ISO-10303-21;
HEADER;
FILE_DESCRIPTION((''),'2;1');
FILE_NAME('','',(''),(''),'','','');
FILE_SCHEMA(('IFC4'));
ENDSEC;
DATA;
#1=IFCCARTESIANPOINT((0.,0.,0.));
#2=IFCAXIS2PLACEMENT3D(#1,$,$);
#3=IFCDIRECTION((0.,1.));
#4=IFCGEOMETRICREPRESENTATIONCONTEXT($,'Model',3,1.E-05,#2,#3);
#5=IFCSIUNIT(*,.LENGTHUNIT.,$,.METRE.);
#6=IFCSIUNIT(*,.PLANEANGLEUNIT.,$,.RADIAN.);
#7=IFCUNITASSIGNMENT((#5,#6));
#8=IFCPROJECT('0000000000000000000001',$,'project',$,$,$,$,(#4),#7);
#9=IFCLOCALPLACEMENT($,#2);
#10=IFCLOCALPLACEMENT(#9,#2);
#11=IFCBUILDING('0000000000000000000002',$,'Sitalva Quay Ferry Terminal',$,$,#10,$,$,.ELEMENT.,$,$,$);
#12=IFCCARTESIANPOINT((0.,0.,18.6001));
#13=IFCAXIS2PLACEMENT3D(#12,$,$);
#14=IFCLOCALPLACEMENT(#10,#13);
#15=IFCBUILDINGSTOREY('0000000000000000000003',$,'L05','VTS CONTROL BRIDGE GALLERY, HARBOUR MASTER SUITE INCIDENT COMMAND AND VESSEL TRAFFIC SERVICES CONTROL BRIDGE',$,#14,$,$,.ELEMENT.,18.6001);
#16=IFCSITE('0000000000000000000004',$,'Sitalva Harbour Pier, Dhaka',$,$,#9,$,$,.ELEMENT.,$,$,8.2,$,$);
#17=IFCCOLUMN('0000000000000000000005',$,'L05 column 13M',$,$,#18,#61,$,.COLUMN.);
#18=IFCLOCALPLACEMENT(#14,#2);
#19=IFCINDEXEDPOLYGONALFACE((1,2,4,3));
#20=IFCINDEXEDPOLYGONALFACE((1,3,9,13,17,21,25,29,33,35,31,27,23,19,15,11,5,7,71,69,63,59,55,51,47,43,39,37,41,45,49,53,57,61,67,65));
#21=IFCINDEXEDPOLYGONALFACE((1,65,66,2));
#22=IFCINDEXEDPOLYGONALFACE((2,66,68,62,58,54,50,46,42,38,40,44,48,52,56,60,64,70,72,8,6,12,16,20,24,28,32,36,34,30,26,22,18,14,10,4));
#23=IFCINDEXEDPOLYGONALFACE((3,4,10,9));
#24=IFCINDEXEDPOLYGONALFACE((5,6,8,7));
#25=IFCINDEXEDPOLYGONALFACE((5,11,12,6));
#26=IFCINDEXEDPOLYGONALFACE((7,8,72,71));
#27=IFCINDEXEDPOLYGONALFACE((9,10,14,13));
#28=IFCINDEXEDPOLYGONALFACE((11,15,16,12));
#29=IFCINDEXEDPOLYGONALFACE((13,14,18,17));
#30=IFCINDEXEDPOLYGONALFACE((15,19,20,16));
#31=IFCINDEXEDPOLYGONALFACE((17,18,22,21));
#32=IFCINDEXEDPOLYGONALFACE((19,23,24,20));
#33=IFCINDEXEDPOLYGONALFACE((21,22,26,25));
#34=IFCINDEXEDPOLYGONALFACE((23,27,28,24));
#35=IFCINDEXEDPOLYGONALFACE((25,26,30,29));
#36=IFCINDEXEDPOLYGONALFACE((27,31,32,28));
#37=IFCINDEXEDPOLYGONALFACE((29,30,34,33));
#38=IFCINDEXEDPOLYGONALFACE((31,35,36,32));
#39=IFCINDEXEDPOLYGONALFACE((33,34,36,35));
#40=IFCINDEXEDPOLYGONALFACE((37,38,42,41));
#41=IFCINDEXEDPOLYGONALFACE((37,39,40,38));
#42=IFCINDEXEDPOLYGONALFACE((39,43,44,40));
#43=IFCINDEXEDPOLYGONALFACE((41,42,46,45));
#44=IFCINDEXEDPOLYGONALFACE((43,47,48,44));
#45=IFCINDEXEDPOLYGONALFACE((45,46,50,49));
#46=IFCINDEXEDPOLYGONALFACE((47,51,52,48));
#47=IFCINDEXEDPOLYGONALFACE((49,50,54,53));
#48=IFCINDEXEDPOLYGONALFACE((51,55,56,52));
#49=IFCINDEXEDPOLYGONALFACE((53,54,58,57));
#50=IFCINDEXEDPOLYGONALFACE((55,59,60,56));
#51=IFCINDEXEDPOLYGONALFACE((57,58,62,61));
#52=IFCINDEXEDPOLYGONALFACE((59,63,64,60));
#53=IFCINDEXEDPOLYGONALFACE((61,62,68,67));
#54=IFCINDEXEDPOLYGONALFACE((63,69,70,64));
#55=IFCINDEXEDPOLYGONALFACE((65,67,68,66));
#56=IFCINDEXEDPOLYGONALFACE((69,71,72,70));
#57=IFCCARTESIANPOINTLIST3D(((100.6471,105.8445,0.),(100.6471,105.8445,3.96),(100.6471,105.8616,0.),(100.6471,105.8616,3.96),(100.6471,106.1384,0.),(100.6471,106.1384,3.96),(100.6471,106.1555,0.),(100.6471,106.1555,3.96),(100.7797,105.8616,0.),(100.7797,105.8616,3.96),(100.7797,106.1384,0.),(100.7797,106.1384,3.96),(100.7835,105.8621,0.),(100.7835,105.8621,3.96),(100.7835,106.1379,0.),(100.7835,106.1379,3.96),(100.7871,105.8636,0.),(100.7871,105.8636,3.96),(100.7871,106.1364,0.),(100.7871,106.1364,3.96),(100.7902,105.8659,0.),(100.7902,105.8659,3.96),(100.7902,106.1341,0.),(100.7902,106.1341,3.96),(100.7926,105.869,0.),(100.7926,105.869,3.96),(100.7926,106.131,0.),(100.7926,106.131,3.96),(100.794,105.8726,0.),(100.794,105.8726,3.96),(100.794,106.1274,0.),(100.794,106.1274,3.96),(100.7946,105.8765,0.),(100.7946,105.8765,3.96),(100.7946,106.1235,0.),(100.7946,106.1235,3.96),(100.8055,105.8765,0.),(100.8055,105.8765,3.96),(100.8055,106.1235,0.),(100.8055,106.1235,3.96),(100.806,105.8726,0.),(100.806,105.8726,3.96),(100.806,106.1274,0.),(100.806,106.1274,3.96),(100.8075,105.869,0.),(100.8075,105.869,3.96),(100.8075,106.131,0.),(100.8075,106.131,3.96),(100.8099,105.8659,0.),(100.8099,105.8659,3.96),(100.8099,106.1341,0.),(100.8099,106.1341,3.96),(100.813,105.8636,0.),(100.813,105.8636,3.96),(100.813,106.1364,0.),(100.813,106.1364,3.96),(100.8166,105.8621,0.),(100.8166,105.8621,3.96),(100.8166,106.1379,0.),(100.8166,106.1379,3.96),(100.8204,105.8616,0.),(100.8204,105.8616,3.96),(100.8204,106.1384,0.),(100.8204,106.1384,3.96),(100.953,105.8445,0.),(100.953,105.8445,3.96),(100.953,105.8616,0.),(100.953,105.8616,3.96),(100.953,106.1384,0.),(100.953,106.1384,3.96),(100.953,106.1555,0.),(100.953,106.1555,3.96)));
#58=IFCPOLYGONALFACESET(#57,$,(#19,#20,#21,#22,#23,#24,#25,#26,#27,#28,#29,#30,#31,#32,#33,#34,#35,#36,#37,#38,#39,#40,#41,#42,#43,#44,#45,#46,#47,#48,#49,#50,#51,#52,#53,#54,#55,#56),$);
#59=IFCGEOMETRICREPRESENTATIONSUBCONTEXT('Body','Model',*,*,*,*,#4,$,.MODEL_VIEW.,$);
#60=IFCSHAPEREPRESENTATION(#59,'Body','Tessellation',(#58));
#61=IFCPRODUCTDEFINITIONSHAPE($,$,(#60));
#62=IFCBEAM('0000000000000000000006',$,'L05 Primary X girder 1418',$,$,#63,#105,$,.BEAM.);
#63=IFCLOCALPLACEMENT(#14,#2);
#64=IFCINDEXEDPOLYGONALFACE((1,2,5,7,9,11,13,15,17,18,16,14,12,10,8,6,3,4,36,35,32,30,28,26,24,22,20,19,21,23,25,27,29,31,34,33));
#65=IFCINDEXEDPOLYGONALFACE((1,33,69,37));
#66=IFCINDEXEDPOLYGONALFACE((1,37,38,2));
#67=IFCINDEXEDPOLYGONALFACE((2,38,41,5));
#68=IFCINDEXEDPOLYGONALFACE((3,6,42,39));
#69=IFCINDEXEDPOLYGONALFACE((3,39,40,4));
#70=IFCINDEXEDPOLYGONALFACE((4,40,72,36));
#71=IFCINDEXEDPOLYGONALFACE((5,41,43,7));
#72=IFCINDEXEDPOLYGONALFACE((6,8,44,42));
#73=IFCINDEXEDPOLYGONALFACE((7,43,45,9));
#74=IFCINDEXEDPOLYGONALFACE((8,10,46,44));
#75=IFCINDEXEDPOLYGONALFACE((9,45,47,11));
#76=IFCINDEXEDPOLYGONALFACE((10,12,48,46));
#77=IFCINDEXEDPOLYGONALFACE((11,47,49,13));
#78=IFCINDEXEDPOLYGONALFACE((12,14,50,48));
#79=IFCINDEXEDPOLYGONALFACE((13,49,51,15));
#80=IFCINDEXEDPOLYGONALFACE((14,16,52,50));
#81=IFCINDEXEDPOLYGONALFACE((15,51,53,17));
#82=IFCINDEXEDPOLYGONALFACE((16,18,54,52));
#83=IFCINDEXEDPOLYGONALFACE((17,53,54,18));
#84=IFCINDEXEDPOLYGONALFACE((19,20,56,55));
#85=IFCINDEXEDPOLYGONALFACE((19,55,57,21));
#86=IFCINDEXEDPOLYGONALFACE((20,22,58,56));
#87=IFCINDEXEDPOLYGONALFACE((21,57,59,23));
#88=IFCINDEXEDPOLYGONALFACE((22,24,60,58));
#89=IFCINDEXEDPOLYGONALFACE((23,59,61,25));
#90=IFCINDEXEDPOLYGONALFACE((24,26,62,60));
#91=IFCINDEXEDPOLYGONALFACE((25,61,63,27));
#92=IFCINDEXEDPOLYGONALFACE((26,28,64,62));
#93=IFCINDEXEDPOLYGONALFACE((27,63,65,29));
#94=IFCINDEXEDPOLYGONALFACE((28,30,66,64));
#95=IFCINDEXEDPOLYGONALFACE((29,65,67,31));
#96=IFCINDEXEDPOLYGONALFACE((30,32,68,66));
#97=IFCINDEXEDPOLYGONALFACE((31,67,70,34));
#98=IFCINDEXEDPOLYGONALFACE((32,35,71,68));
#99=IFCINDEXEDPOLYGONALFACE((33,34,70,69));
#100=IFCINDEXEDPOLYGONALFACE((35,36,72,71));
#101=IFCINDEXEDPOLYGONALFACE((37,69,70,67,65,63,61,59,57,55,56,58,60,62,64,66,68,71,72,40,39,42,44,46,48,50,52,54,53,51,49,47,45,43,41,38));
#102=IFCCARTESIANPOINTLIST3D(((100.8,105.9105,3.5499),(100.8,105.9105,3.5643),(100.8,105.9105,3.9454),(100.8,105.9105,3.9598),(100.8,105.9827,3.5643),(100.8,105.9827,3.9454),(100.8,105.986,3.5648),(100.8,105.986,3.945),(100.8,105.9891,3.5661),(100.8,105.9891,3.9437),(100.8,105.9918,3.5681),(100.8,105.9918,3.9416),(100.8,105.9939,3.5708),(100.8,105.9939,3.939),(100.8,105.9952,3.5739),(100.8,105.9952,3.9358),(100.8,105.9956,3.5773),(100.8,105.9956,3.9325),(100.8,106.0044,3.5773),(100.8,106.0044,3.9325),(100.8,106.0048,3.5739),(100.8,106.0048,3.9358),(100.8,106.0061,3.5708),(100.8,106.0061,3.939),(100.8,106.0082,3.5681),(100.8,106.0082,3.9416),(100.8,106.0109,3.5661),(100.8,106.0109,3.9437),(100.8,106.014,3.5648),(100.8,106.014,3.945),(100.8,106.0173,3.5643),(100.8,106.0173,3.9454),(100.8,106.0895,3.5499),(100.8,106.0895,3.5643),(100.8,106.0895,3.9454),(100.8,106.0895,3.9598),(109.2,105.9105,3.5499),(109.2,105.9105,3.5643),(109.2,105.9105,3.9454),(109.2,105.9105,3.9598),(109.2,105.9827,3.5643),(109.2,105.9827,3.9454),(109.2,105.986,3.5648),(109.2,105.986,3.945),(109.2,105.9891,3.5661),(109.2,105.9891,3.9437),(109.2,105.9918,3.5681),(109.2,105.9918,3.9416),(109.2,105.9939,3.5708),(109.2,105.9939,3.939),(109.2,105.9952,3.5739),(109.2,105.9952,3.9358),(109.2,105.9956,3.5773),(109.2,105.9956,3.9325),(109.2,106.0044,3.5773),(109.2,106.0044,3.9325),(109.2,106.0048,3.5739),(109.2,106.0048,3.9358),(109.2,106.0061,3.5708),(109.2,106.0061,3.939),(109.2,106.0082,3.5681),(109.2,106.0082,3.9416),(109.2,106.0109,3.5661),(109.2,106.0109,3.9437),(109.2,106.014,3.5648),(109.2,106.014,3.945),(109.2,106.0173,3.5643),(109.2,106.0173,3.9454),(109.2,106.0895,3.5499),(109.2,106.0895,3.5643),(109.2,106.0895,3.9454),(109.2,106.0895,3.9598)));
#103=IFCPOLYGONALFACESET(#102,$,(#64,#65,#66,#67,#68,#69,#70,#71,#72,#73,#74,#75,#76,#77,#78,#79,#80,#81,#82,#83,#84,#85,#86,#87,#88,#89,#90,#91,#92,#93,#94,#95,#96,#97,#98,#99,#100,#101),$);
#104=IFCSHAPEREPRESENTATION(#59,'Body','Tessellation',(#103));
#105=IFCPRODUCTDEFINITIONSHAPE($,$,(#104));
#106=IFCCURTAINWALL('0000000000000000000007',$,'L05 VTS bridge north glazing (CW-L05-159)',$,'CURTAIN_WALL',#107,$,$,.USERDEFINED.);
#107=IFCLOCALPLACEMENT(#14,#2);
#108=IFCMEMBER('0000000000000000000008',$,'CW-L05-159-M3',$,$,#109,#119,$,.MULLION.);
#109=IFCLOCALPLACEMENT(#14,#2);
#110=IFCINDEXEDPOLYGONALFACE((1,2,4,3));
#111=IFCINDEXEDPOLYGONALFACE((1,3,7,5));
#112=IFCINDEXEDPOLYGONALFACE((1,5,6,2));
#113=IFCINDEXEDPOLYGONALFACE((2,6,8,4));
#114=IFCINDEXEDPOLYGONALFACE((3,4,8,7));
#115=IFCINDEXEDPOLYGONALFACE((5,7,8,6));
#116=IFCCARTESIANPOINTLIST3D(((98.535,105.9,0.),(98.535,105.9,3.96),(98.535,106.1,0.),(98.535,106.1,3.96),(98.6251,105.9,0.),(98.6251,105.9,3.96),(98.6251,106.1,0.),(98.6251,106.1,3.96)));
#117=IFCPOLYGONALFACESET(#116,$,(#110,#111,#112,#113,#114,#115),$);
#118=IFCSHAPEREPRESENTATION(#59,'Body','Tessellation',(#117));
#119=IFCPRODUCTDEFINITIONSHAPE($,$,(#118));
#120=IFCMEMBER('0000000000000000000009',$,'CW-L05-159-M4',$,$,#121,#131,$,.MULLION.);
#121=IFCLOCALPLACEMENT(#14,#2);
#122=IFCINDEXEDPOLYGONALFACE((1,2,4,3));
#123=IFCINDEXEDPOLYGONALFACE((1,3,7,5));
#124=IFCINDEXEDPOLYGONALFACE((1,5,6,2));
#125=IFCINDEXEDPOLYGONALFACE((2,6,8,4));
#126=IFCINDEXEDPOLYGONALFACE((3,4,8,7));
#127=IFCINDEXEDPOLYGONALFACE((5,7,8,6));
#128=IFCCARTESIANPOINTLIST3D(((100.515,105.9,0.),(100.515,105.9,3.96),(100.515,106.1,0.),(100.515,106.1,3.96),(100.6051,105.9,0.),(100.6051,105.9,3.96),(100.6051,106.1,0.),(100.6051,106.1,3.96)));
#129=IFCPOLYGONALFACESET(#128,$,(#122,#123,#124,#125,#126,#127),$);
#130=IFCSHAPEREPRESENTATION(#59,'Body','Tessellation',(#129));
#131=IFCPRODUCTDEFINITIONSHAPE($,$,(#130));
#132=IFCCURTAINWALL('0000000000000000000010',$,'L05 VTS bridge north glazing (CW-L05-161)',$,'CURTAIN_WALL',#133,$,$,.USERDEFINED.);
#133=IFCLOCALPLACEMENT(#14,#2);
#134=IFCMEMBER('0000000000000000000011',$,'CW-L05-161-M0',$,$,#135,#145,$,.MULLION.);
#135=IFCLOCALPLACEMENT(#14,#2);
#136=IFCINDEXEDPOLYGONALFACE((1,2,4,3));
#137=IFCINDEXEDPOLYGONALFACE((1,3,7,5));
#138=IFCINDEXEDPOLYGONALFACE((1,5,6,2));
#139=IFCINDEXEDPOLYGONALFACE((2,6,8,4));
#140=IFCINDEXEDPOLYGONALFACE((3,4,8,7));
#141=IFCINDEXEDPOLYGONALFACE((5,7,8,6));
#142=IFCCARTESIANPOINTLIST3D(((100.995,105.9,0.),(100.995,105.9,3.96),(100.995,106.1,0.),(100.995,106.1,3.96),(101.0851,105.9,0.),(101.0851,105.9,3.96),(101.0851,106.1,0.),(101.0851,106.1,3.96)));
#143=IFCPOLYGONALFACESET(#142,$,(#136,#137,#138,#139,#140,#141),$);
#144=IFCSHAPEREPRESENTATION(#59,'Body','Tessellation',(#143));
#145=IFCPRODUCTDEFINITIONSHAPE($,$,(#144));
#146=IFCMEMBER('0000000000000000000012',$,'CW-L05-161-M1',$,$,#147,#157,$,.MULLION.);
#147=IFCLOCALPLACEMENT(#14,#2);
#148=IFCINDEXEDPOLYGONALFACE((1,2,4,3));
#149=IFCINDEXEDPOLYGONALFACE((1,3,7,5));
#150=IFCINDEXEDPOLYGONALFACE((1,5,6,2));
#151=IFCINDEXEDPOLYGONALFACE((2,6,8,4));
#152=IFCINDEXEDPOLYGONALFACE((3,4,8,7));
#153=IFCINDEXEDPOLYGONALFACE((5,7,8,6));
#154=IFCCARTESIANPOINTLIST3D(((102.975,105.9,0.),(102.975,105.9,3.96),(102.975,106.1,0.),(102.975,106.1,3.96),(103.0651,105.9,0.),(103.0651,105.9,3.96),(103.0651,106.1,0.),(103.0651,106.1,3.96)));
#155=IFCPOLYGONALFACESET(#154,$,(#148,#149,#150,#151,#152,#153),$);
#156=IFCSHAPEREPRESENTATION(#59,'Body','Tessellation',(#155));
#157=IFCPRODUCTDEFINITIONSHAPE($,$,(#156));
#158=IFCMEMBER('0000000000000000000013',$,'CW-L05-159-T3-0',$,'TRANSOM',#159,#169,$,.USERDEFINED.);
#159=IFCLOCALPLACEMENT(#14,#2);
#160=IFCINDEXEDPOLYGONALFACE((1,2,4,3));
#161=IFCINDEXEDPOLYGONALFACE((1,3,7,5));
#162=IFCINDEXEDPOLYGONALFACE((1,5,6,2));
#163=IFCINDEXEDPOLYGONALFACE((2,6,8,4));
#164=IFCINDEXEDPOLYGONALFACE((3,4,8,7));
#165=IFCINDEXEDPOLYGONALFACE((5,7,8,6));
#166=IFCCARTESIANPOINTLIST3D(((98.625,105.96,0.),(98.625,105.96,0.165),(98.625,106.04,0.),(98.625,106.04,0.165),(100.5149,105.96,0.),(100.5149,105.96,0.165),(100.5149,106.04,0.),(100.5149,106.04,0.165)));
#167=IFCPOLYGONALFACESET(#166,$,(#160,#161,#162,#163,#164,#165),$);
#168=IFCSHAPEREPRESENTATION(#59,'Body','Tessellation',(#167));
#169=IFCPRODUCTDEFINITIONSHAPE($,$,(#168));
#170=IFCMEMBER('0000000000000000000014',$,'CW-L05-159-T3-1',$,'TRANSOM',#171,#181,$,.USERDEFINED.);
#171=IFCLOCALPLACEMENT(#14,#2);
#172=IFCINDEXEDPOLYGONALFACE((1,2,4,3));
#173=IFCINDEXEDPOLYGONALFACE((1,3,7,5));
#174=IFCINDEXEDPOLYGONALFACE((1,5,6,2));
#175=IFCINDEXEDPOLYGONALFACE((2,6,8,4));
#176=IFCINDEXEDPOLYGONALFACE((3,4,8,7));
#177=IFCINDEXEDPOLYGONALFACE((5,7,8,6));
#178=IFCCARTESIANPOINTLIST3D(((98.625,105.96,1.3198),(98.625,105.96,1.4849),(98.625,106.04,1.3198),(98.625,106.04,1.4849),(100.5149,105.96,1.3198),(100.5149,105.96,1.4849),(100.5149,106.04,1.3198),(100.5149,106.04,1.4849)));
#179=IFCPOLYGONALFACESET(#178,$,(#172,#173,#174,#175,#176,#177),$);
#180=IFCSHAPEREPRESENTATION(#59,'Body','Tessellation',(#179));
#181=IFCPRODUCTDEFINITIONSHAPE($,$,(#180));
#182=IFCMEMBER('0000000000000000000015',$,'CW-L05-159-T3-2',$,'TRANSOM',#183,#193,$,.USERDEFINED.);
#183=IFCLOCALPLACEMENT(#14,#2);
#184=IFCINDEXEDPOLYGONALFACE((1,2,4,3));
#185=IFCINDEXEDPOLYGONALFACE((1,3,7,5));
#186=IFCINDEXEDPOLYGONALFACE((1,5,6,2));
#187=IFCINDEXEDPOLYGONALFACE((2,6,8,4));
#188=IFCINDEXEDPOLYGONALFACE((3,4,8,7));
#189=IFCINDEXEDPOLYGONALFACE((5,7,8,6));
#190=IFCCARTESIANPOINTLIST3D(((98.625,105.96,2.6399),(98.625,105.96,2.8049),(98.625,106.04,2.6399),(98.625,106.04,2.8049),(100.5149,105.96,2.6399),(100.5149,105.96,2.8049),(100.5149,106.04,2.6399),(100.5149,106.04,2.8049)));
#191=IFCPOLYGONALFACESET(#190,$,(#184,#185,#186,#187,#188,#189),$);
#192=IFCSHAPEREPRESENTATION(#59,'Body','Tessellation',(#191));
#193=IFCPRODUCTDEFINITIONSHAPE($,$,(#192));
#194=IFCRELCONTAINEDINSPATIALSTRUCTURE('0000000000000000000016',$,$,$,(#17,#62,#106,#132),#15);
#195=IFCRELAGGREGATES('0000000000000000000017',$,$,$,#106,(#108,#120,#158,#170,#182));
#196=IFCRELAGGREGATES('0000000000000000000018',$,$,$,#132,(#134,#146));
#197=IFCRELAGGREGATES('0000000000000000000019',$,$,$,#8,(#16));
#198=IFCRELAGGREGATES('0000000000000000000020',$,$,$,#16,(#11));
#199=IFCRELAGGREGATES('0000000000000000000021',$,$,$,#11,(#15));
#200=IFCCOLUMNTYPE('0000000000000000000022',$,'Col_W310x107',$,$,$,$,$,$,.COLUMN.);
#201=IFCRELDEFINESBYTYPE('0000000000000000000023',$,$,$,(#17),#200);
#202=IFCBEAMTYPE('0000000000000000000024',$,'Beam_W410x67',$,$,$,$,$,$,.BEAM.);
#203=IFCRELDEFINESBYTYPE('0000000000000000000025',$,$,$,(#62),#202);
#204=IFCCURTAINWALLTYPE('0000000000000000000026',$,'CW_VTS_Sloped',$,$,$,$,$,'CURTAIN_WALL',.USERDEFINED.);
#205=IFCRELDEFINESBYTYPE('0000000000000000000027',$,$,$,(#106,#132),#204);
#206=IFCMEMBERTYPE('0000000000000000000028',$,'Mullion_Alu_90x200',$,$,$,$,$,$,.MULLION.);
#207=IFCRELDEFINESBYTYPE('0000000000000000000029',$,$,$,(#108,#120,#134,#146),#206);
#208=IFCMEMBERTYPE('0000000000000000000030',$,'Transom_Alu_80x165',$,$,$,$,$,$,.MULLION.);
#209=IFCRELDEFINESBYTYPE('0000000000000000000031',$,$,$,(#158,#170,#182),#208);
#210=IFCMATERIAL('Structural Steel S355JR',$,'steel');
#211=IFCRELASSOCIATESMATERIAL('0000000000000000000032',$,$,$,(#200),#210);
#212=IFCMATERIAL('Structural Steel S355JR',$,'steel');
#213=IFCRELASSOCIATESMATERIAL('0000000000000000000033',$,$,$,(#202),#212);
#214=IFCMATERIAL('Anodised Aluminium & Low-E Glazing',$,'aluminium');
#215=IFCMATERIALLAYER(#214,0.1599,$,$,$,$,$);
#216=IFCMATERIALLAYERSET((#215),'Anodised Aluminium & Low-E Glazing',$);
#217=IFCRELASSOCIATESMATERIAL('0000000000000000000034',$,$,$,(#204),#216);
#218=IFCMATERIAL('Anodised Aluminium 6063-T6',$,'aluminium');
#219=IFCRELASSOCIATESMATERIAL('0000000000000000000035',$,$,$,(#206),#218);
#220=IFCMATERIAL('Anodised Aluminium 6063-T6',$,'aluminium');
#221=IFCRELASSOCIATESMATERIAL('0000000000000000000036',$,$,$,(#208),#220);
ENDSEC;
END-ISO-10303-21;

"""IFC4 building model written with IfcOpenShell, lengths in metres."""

from ifc_helpers import new_model, si_unit, direction, frame, origin, origin_2d, place, context, subcontext, project, spatial, rectangle, i_section, extrude, material, layer, layer_set, material_profile, profile_set, type_object, element, aggregate, save


model = new_model("IFC4")

# Units and contexts
model_context = context("Model", 3, precision=1e-05, world=origin(), true_north=direction((0.0, 1.0)))
body_context = subcontext(model_context, "Body", "Model", "MODEL_VIEW")
ifc_project = project(units=[si_unit("LENGTHUNIT", "METRE"), si_unit("PLANEANGLEUNIT", "RADIAN")], contexts=[model_context])

# Site, building, storey
site_placement = place(None, origin())
site = spatial("IfcSite", under=ifc_project, at=site_placement, Name="Sitalva Harbour Pier, Dhaka", CompositionType="ELEMENT", RefElevation=8.2)
building_placement = place(site_placement, origin())
building = spatial("IfcBuilding", under=site, at=building_placement, Name="Sitalva Quay Ferry Terminal", CompositionType="ELEMENT")
storey_placement = place(building_placement, frame((0.0, 0.0, 18.6001)))
storey = spatial("IfcBuildingStorey", under=building, at=storey_placement, Name="L05", Description="VTS CONTROL BRIDGE GALLERY, HARBOUR MASTER SUITE INCIDENT COMMAND AND VESSEL TRAFFIC SERVICES CONTROL BRIDGE", CompositionType="ELEMENT", Elevation=18.6001)

# Column
ifc_material_1 = material(Name="Structural Steel S355JR", Category="steel")
ifc_material_profile_1 = material_profile(ifc_material_1, i_section(OverallWidth=0.3059, OverallDepth=0.311, WebThickness=0.011, FlangeThickness=0.0171, FilletRadius=0.0149, at=origin_2d()), Name="W310x107")
ifc_profile_set_1 = profile_set([ifc_material_profile_1], Name="Structural Steel S355JR")
column_type = type_object("IfcColumnType", Name="Col_W310x107", PredefinedType="COLUMN", material=ifc_profile_set_1)
column_placement = place(storey_placement, frame((100.8, 106.0, 0.0), z_axis=(0.0, 0.0, 1.0), x_axis=(1.0, 0.0, 0.0)))
element("IfcColumn", 1, at=column_placement, inside=storey, type_object=column_type, Name="L05 column 13M", PredefinedType="COLUMN", context=body_context, shape_type="SweptSolid", body=[
    extrude(i_section(OverallWidth=0.3059, OverallDepth=0.311, WebThickness=0.011, FlangeThickness=0.0171, FilletRadius=0.0149, at=origin_2d()), origin(), (0.0, 0.0, 1.0), 3.96),
])

# Beam
ifc_material_2 = material(Name="Structural Steel S355JR", Category="steel")
ifc_material_profile_2 = material_profile(ifc_material_2, i_section(OverallWidth=0.179, OverallDepth=0.4099, WebThickness=0.0088, FlangeThickness=0.0144, FilletRadius=0.0129, at=origin_2d()), Name="W410x67")
ifc_profile_set_2 = profile_set([ifc_material_profile_2], Name="Structural Steel S355JR")
beam_type = type_object("IfcBeamType", Name="Beam_W410x67", PredefinedType="BEAM", material=ifc_profile_set_2)
beam_placement = place(storey_placement, frame((100.8, 106.0, 3.7549), z_axis=(1.0, 0.0, 0.0), x_axis=(0.0, 1.0, 0.0)))
element("IfcBeam", 2, at=beam_placement, inside=storey, type_object=beam_type, Name="L05 Primary X girder 1418", PredefinedType="BEAM", context=body_context, shape_type="SweptSolid", body=[
    extrude(i_section(OverallWidth=0.179, OverallDepth=0.4099, WebThickness=0.0088, FlangeThickness=0.0144, FilletRadius=0.0129, at=origin_2d()), origin(), (0.0, 0.0, 1.0), 8.3999),
])

# Curtain walls, members
ifc_material_3 = material(Name="Anodised Aluminium & Low-E Glazing", Category="aluminium")
ifc_layer_1 = layer(ifc_material_3, 0.1599)
ifc_layer_set_1 = layer_set([ifc_layer_1], Name="Anodised Aluminium & Low-E Glazing")
curtain_wall_type = type_object("IfcCurtainWallType", Name="CW_VTS_Sloped", ElementType="CURTAIN_WALL", PredefinedType="USERDEFINED", material=ifc_layer_set_1)
curtain_wall_1_placement = place(storey_placement, origin())
curtain_wall_1 = element("IfcCurtainWall", 3, at=curtain_wall_1_placement, inside=storey, type_object=curtain_wall_type, Name="L05 VTS bridge north glazing (CW-L05-159)", ObjectType="CURTAIN_WALL", PredefinedType="USERDEFINED")
ifc_material_4 = material(Name="Anodised Aluminium 6063-T6", Category="aluminium")
ifc_material_profile_3 = material_profile(ifc_material_4, rectangle(XDim=0.0901, YDim=0.2, at=origin_2d()), Name="ALU90x200")
ifc_profile_set_3 = profile_set([ifc_material_profile_3], Name="Anodised Aluminium 6063-T6")
member_type_1 = type_object("IfcMemberType", Name="Mullion_Alu_90x200", PredefinedType="MULLION", material=ifc_profile_set_3)
member_1_placement = place(storey_placement, frame((98.5801, 106.0, 0.0), z_axis=(0.0, 0.0, 1.0), x_axis=(1.0, 0.0, 0.0)))
member_1 = element("IfcMember", 4, at=member_1_placement, type_object=member_type_1, Name="CW-L05-159-M3", PredefinedType="MULLION", context=body_context, shape_type="SweptSolid", body=[
    extrude(rectangle(XDim=0.0901, YDim=0.2, at=origin_2d()), origin(), (0.0, 0.0, 1.0), 3.96),
])
member_2_placement = place(storey_placement, frame((100.5601, 106.0, 0.0), z_axis=(0.0, 0.0, 1.0), x_axis=(1.0, 0.0, 0.0)))
member_2 = element("IfcMember", 5, at=member_2_placement, type_object=member_type_1, Name="CW-L05-159-M4", PredefinedType="MULLION", context=body_context, shape_type="SweptSolid", body=[
    extrude(rectangle(XDim=0.0901, YDim=0.2, at=origin_2d()), origin(), (0.0, 0.0, 1.0), 3.96),
])
curtain_wall_2_placement = place(storey_placement, origin())
curtain_wall_2 = element("IfcCurtainWall", 6, at=curtain_wall_2_placement, inside=storey, type_object=curtain_wall_type, Name="L05 VTS bridge north glazing (CW-L05-161)", ObjectType="CURTAIN_WALL", PredefinedType="USERDEFINED")
member_3_placement = place(storey_placement, frame((101.04, 106.0, 0.0), z_axis=(0.0, 0.0, 1.0), x_axis=(1.0, 0.0, 0.0)))
member_3 = element("IfcMember", 7, at=member_3_placement, type_object=member_type_1, Name="CW-L05-161-M0", PredefinedType="MULLION", context=body_context, shape_type="SweptSolid", body=[
    extrude(rectangle(XDim=0.0901, YDim=0.2, at=origin_2d()), origin(), (0.0, 0.0, 1.0), 3.96),
])
member_4_placement = place(storey_placement, frame((103.02, 106.0, 0.0), z_axis=(0.0, 0.0, 1.0), x_axis=(1.0, 0.0, 0.0)))
member_4 = element("IfcMember", 8, at=member_4_placement, type_object=member_type_1, Name="CW-L05-161-M1", PredefinedType="MULLION", context=body_context, shape_type="SweptSolid", body=[
    extrude(rectangle(XDim=0.0901, YDim=0.2, at=origin_2d()), origin(), (0.0, 0.0, 1.0), 3.96),
])

# Members
ifc_material_5 = material(Name="Anodised Aluminium 6063-T6", Category="aluminium")
ifc_material_profile_4 = material_profile(ifc_material_5, rectangle(XDim=0.0801, YDim=0.165, at=origin_2d()), Name="ALU80x165")
ifc_profile_set_4 = profile_set([ifc_material_profile_4], Name="Anodised Aluminium 6063-T6")
member_type_2 = type_object("IfcMemberType", Name="Transom_Alu_80x165", PredefinedType="MULLION", material=ifc_profile_set_4)
member_5_placement = place(storey_placement, frame((98.625, 106.0, 0.0825), z_axis=(1.0, 0.0, 0.0), x_axis=(0.0, 1.0, 0.0)))
member_5 = element("IfcMember", 9, at=member_5_placement, type_object=member_type_2, Name="CW-L05-159-T3-0", ObjectType="TRANSOM", PredefinedType="USERDEFINED", context=body_context, shape_type="SweptSolid", body=[
    extrude(rectangle(XDim=0.0801, YDim=0.165, at=origin_2d()), origin(), (0.0, 0.0, 1.0), 1.8899),
])
member_6_placement = place(storey_placement, frame((98.625, 106.0, 1.4023), z_axis=(1.0, 0.0, 0.0), x_axis=(0.0, 1.0, 0.0)))
member_6 = element("IfcMember", 10, at=member_6_placement, type_object=member_type_2, Name="CW-L05-159-T3-1", ObjectType="TRANSOM", PredefinedType="USERDEFINED", context=body_context, shape_type="SweptSolid", body=[
    extrude(rectangle(XDim=0.0801, YDim=0.165, at=origin_2d()), origin(), (0.0, 0.0, 1.0), 1.8899),
])
member_7_placement = place(storey_placement, frame((98.625, 106.0, 2.7224), z_axis=(1.0, 0.0, 0.0), x_axis=(0.0, 1.0, 0.0)))
member_7 = element("IfcMember", 11, at=member_7_placement, type_object=member_type_2, Name="CW-L05-159-T3-2", ObjectType="TRANSOM", PredefinedType="USERDEFINED", context=body_context, shape_type="SweptSolid", body=[
    extrude(rectangle(XDim=0.0801, YDim=0.165, at=origin_2d()), origin(), (0.0, 0.0, 1.0), 1.8899),
])

aggregate(curtain_wall_1, [member_1, member_2, member_5, member_6, member_7])
aggregate(curtain_wall_2, [member_3, member_4])

save(model, "model.ifc")
